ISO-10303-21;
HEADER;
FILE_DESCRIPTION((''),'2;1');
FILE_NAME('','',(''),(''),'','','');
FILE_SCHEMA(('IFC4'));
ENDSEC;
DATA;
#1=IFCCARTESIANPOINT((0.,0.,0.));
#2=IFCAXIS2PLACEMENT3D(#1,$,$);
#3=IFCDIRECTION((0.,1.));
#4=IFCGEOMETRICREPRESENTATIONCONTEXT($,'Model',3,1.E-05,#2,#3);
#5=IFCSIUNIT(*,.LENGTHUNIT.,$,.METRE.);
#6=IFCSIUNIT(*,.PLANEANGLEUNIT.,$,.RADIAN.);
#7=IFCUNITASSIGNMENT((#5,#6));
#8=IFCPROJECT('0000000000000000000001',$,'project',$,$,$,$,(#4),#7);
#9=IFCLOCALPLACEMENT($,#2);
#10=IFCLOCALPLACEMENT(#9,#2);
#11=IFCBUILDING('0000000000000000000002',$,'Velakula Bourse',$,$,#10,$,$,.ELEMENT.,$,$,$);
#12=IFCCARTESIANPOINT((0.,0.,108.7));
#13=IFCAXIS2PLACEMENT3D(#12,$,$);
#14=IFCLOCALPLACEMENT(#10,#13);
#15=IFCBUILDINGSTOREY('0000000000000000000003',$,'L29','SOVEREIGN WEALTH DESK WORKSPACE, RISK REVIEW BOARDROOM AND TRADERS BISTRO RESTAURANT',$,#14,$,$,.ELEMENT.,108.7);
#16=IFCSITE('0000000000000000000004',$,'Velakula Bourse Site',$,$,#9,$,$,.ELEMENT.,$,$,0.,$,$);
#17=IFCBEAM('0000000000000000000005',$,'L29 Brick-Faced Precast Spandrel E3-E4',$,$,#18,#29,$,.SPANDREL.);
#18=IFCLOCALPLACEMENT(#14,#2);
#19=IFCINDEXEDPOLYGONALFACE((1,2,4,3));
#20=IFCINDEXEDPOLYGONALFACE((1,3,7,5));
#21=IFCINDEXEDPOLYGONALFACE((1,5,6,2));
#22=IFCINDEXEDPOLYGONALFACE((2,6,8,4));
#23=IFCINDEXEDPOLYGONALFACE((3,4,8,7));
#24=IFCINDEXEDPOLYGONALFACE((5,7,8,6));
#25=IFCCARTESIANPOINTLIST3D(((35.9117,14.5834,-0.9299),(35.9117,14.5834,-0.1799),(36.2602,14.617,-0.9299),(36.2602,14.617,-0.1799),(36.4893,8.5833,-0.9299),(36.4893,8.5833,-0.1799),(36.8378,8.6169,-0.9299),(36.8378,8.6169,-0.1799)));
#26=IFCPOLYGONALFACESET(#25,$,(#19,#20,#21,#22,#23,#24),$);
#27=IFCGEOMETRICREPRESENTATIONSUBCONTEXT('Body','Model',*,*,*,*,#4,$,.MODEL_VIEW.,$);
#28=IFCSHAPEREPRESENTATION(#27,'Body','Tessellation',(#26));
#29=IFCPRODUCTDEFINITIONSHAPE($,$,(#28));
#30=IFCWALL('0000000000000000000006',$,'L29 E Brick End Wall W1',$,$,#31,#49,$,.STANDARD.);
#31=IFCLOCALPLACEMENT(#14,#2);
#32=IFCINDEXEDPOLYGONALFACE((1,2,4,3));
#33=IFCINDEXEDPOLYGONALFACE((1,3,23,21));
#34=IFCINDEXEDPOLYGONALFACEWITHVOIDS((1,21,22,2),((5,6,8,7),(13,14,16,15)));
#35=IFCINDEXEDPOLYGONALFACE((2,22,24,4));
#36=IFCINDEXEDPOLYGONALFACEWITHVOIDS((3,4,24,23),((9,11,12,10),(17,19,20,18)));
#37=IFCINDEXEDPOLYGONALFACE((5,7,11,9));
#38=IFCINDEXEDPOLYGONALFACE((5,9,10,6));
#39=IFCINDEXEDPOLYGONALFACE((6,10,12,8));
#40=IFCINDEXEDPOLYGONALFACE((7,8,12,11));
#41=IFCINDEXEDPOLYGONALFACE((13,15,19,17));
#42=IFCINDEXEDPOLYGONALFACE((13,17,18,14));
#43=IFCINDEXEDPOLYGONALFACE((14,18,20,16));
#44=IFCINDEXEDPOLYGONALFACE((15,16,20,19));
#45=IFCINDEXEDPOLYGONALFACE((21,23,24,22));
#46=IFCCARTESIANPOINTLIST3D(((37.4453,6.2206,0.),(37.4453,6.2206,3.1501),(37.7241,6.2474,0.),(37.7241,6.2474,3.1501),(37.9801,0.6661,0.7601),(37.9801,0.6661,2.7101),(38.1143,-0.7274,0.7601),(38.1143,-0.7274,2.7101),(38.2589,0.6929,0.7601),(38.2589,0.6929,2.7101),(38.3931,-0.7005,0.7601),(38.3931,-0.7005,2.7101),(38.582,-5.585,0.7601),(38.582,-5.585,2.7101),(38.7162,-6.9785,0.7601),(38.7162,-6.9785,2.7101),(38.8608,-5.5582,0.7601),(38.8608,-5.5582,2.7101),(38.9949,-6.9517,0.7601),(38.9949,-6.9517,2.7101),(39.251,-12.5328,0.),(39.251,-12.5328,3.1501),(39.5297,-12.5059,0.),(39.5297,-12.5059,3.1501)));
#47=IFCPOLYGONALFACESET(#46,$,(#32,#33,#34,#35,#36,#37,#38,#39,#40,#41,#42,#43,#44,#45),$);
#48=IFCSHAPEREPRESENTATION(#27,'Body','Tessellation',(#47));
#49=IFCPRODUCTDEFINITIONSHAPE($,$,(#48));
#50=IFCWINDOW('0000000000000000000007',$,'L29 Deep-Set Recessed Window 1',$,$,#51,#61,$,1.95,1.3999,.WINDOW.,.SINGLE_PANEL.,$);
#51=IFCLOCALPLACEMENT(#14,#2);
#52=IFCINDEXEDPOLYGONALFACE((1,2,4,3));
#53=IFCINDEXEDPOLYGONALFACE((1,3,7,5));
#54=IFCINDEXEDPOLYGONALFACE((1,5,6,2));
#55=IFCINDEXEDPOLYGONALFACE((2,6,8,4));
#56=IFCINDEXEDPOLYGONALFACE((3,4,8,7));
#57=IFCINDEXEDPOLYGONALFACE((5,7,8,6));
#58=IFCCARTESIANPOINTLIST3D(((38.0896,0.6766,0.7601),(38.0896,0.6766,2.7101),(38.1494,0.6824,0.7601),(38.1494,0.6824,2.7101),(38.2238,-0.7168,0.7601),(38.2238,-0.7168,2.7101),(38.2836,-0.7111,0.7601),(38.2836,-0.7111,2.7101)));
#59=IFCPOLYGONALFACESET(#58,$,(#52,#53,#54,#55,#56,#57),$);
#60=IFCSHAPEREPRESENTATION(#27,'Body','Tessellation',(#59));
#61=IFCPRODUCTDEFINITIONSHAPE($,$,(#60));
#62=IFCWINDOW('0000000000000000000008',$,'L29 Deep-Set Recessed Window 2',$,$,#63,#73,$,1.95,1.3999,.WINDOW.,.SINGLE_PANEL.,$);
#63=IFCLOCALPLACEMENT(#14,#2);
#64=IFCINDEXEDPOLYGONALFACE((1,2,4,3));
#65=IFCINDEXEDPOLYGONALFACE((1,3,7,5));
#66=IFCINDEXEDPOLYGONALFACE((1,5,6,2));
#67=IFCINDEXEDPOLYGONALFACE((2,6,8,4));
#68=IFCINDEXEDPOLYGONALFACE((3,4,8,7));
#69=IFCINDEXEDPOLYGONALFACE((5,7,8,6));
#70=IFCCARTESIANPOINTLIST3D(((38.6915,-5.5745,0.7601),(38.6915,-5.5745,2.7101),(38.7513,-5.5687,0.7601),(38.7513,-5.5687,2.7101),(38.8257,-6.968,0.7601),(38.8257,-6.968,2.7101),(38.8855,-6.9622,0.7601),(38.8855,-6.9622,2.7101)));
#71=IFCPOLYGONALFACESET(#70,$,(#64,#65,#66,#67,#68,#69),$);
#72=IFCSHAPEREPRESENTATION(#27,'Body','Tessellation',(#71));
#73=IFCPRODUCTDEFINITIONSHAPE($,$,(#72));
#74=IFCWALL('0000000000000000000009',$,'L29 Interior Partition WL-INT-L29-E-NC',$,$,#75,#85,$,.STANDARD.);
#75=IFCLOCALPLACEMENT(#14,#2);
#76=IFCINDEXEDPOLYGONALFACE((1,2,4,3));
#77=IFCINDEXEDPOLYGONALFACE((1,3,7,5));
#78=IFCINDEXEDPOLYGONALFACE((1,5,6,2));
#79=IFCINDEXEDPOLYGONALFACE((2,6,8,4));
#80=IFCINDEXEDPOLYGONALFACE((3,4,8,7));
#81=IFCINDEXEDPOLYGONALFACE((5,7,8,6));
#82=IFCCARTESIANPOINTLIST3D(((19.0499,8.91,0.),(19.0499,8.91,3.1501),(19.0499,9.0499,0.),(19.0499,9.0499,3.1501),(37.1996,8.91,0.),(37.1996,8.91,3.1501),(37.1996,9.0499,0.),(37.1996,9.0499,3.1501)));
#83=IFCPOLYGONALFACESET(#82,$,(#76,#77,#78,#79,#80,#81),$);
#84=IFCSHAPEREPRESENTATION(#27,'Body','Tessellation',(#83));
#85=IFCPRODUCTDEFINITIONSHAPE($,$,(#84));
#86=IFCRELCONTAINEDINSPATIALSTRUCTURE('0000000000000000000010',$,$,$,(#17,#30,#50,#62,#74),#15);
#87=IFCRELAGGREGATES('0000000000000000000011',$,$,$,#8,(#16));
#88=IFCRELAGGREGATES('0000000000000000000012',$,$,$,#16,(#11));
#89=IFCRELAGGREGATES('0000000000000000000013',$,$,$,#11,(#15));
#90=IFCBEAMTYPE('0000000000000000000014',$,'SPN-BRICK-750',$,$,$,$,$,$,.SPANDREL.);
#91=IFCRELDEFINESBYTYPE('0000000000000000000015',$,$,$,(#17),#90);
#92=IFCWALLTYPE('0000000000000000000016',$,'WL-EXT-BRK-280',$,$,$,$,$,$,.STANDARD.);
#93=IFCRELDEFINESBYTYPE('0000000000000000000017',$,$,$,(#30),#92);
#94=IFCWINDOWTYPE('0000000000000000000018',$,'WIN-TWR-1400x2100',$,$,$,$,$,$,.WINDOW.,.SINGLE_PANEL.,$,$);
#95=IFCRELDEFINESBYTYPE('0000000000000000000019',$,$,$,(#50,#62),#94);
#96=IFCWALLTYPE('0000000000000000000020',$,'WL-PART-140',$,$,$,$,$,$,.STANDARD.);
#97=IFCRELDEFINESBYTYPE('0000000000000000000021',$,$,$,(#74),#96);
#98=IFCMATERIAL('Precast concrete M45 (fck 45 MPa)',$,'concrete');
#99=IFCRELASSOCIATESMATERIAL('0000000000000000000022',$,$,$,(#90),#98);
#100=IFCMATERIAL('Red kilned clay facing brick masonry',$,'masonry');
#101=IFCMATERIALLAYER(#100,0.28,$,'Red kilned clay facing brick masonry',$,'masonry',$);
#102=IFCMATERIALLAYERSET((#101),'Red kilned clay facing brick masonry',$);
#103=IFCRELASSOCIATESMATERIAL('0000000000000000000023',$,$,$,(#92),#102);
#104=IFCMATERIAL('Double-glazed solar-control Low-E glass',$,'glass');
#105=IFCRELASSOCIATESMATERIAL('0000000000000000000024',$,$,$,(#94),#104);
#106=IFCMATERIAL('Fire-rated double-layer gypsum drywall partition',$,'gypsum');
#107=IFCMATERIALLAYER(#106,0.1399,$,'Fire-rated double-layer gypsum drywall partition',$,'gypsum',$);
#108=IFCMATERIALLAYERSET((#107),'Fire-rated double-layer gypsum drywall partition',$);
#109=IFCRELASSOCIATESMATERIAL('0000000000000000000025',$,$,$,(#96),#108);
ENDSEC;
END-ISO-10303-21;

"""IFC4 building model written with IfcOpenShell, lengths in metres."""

from ifc_helpers import new_model, si_unit, direction, frame, frame_2d, origin, origin_2d, place, context, subcontext, project, spatial, rectangle, extrude, material, layer, layer_set, material_profile, profile_set, type_object, element, fill, save


model = new_model("IFC4")

# Units and contexts
model_context = context("Model", 3, precision=1e-05, world=origin(), true_north=direction((0.0, 1.0)))
body_context = subcontext(model_context, "Body", "Model", "MODEL_VIEW")
ifc_project = project(units=[si_unit("LENGTHUNIT", "METRE"), si_unit("PLANEANGLEUNIT", "RADIAN")], contexts=[model_context])

# Site, building, storey
site_placement = place(None, origin())
site = spatial("IfcSite", under=ifc_project, at=site_placement, Name="Velakula Bourse Site", CompositionType="ELEMENT", RefElevation=0.0)
building_placement = place(site_placement, origin())
building = spatial("IfcBuilding", under=site, at=building_placement, Name="Velakula Bourse", CompositionType="ELEMENT")
storey_placement = place(building_placement, frame((0.0, 0.0, 108.7)))
storey = spatial("IfcBuildingStorey", under=building, at=storey_placement, Name="L29", Description="SOVEREIGN WEALTH DESK WORKSPACE, RISK REVIEW BOARDROOM AND TRADERS BISTRO RESTAURANT", CompositionType="ELEMENT", Elevation=108.7)

# Beam
ifc_material_1 = material(Name="Precast concrete M45 (fck 45 MPa)", Category="concrete")
ifc_material_profile_1 = material_profile(ifc_material_1, rectangle(XDim=0.3501, YDim=0.75, at=origin_2d()), Name="Precast concrete M45 (fck 45 MPa)")
ifc_profile_set_1 = profile_set([ifc_material_profile_1], Name="Precast concrete M45 (fck 45 MPa)")
beam_type_1 = type_object("IfcBeamType", Name="SPN-BRICK-750", PredefinedType="SPANDREL", material=ifc_profile_set_1)
beam_1_placement = place(storey_placement, frame((36.6636, 8.6001, -0.5549), z_axis=(-0.09583, 0.995398, 0.0), x_axis=(-0.995398, -0.09583, 0.0)))
element("IfcBeam", 1, at=beam_1_placement, inside=storey, type_object=beam_type_1, Name="L29 Brick-Faced Precast Spandrel E3-E4", PredefinedType="SPANDREL", context=body_context, shape_type="SweptSolid", body=[
    extrude(rectangle(XDim=0.3501, YDim=0.75, at=origin_2d()), origin(), (0.0, 0.0, 1.0), 6.0278),
])

# Wall, openings, windows
ifc_material_2 = material(Name="Red kilned clay facing brick masonry", Category="masonry")
ifc_layer_1 = layer(ifc_material_2, 0.28, Name="Red kilned clay facing brick masonry", Category="masonry")
ifc_layer_set_1 = layer_set([ifc_layer_1], Name="Red kilned clay facing brick masonry")
wall_type_1 = type_object("IfcWallType", Name="WL-EXT-BRK-280", PredefinedType="STANDARD", material=ifc_layer_set_1)
wall_1_placement = place(storey_placement, frame((37.5847, 6.2339, 0.0), z_axis=(0.0, 0.0, 1.0), x_axis=(0.095841, -0.995397, 0.0)))
wall_1 = element("IfcWall", 2, at=wall_1_placement, inside=storey, type_object=wall_type_1, Name="L29 E Brick End Wall W1", PredefinedType="STANDARD", context=body_context, shape_type="SweptSolid", body=[
    extrude(rectangle(XDim=18.8401, YDim=0.28, at=frame_2d((9.4199, 0.0))), origin(), (0.0, 0.0, 1.0), 3.1501),
])
opening_1_placement = place(wall_1_placement, frame((5.5801, 0.0, 0.76)))
opening_1 = element("IfcOpeningElement", 3, at=opening_1_placement, cuts=wall_1, PredefinedType="OPENING", context=body_context, shape_type="SweptSolid", body=[
    extrude(rectangle(XDim=1.3999, YDim=1.95, at=frame_2d((0.7, 0.9751))), frame((0.0, 0.1499, 0.0), z_axis=(0.0, -1.0, 0.0), x_axis=(1.0, 0.0, 0.0)), (0.0, 0.0, 1.0), 0.3),
])
opening_2_placement = place(wall_1_placement, frame((11.8601, 0.0, 0.76)))
opening_2 = element("IfcOpeningElement", 4, at=opening_2_placement, cuts=wall_1, PredefinedType="OPENING", context=body_context, shape_type="SweptSolid", body=[
    extrude(rectangle(XDim=1.3999, YDim=1.95, at=frame_2d((0.7, 0.9751))), frame((0.0, 0.1499, 0.0), z_axis=(0.0, -1.0, 0.0), x_axis=(1.0, 0.0, 0.0)), (0.0, 0.0, 1.0), 0.3),
])
ifc_material_3 = material(Name="Double-glazed solar-control Low-E glass", Category="glass")
window_type = type_object("IfcWindowType", Name="WIN-TWR-1400x2100", PartitioningType="SINGLE_PANEL", PredefinedType="WINDOW", material=ifc_material_3)
window_1_placement = place(opening_1_placement, origin())
window_1 = element("IfcWindow", 5, at=window_1_placement, inside=storey, type_object=window_type, Name="L29 Deep-Set Recessed Window 1", OverallHeight=1.95, OverallWidth=1.3999, PartitioningType="SINGLE_PANEL", PredefinedType="WINDOW", context=body_context, shape_type="SweptSolid", body=[
    extrude(rectangle(XDim=1.3999, YDim=1.95, at=frame_2d((0.7, 0.9751))), frame((0.0, 0.03, 0.0), z_axis=(0.0, -1.0, 0.0), x_axis=(1.0, 0.0, 0.0)), (0.0, 0.0, 1.0), 0.0601),
])
fill(opening_1, window_1)
window_2_placement = place(opening_2_placement, origin())
window_2 = element("IfcWindow", 6, at=window_2_placement, inside=storey, type_object=window_type, Name="L29 Deep-Set Recessed Window 2", OverallHeight=1.95, OverallWidth=1.3999, PartitioningType="SINGLE_PANEL", PredefinedType="WINDOW", context=body_context, shape_type="SweptSolid", body=[
    extrude(rectangle(XDim=1.3999, YDim=1.95, at=frame_2d((0.7, 0.9751))), frame((0.0, 0.03, 0.0), z_axis=(0.0, -1.0, 0.0), x_axis=(1.0, 0.0, 0.0)), (0.0, 0.0, 1.0), 0.0601),
])
fill(opening_2, window_2)

# Wall
ifc_material_4 = material(Name="Fire-rated double-layer gypsum drywall partition", Category="gypsum")
ifc_layer_2 = layer(ifc_material_4, 0.1399, Name="Fire-rated double-layer gypsum drywall partition", Category="gypsum")
ifc_layer_set_2 = layer_set([ifc_layer_2], Name="Fire-rated double-layer gypsum drywall partition")
wall_type_2 = type_object("IfcWallType", Name="WL-PART-140", PredefinedType="STANDARD", material=ifc_layer_set_2)
wall_2_placement = place(storey_placement, frame((19.05, 8.98, 0.0), z_axis=(0.0, 0.0, 1.0), x_axis=(1.0, 0.0, 0.0)))
element("IfcWall", 7, at=wall_2_placement, inside=storey, type_object=wall_type_2, Name="L29 Interior Partition WL-INT-L29-E-NC", PredefinedType="STANDARD", context=body_context, shape_type="SweptSolid", body=[
    extrude(rectangle(XDim=18.1497, YDim=0.1399, at=frame_2d((9.0747, 0.0))), origin(), (0.0, 0.0, 1.0), 3.1501),
])

save(model, "model.ifc")
